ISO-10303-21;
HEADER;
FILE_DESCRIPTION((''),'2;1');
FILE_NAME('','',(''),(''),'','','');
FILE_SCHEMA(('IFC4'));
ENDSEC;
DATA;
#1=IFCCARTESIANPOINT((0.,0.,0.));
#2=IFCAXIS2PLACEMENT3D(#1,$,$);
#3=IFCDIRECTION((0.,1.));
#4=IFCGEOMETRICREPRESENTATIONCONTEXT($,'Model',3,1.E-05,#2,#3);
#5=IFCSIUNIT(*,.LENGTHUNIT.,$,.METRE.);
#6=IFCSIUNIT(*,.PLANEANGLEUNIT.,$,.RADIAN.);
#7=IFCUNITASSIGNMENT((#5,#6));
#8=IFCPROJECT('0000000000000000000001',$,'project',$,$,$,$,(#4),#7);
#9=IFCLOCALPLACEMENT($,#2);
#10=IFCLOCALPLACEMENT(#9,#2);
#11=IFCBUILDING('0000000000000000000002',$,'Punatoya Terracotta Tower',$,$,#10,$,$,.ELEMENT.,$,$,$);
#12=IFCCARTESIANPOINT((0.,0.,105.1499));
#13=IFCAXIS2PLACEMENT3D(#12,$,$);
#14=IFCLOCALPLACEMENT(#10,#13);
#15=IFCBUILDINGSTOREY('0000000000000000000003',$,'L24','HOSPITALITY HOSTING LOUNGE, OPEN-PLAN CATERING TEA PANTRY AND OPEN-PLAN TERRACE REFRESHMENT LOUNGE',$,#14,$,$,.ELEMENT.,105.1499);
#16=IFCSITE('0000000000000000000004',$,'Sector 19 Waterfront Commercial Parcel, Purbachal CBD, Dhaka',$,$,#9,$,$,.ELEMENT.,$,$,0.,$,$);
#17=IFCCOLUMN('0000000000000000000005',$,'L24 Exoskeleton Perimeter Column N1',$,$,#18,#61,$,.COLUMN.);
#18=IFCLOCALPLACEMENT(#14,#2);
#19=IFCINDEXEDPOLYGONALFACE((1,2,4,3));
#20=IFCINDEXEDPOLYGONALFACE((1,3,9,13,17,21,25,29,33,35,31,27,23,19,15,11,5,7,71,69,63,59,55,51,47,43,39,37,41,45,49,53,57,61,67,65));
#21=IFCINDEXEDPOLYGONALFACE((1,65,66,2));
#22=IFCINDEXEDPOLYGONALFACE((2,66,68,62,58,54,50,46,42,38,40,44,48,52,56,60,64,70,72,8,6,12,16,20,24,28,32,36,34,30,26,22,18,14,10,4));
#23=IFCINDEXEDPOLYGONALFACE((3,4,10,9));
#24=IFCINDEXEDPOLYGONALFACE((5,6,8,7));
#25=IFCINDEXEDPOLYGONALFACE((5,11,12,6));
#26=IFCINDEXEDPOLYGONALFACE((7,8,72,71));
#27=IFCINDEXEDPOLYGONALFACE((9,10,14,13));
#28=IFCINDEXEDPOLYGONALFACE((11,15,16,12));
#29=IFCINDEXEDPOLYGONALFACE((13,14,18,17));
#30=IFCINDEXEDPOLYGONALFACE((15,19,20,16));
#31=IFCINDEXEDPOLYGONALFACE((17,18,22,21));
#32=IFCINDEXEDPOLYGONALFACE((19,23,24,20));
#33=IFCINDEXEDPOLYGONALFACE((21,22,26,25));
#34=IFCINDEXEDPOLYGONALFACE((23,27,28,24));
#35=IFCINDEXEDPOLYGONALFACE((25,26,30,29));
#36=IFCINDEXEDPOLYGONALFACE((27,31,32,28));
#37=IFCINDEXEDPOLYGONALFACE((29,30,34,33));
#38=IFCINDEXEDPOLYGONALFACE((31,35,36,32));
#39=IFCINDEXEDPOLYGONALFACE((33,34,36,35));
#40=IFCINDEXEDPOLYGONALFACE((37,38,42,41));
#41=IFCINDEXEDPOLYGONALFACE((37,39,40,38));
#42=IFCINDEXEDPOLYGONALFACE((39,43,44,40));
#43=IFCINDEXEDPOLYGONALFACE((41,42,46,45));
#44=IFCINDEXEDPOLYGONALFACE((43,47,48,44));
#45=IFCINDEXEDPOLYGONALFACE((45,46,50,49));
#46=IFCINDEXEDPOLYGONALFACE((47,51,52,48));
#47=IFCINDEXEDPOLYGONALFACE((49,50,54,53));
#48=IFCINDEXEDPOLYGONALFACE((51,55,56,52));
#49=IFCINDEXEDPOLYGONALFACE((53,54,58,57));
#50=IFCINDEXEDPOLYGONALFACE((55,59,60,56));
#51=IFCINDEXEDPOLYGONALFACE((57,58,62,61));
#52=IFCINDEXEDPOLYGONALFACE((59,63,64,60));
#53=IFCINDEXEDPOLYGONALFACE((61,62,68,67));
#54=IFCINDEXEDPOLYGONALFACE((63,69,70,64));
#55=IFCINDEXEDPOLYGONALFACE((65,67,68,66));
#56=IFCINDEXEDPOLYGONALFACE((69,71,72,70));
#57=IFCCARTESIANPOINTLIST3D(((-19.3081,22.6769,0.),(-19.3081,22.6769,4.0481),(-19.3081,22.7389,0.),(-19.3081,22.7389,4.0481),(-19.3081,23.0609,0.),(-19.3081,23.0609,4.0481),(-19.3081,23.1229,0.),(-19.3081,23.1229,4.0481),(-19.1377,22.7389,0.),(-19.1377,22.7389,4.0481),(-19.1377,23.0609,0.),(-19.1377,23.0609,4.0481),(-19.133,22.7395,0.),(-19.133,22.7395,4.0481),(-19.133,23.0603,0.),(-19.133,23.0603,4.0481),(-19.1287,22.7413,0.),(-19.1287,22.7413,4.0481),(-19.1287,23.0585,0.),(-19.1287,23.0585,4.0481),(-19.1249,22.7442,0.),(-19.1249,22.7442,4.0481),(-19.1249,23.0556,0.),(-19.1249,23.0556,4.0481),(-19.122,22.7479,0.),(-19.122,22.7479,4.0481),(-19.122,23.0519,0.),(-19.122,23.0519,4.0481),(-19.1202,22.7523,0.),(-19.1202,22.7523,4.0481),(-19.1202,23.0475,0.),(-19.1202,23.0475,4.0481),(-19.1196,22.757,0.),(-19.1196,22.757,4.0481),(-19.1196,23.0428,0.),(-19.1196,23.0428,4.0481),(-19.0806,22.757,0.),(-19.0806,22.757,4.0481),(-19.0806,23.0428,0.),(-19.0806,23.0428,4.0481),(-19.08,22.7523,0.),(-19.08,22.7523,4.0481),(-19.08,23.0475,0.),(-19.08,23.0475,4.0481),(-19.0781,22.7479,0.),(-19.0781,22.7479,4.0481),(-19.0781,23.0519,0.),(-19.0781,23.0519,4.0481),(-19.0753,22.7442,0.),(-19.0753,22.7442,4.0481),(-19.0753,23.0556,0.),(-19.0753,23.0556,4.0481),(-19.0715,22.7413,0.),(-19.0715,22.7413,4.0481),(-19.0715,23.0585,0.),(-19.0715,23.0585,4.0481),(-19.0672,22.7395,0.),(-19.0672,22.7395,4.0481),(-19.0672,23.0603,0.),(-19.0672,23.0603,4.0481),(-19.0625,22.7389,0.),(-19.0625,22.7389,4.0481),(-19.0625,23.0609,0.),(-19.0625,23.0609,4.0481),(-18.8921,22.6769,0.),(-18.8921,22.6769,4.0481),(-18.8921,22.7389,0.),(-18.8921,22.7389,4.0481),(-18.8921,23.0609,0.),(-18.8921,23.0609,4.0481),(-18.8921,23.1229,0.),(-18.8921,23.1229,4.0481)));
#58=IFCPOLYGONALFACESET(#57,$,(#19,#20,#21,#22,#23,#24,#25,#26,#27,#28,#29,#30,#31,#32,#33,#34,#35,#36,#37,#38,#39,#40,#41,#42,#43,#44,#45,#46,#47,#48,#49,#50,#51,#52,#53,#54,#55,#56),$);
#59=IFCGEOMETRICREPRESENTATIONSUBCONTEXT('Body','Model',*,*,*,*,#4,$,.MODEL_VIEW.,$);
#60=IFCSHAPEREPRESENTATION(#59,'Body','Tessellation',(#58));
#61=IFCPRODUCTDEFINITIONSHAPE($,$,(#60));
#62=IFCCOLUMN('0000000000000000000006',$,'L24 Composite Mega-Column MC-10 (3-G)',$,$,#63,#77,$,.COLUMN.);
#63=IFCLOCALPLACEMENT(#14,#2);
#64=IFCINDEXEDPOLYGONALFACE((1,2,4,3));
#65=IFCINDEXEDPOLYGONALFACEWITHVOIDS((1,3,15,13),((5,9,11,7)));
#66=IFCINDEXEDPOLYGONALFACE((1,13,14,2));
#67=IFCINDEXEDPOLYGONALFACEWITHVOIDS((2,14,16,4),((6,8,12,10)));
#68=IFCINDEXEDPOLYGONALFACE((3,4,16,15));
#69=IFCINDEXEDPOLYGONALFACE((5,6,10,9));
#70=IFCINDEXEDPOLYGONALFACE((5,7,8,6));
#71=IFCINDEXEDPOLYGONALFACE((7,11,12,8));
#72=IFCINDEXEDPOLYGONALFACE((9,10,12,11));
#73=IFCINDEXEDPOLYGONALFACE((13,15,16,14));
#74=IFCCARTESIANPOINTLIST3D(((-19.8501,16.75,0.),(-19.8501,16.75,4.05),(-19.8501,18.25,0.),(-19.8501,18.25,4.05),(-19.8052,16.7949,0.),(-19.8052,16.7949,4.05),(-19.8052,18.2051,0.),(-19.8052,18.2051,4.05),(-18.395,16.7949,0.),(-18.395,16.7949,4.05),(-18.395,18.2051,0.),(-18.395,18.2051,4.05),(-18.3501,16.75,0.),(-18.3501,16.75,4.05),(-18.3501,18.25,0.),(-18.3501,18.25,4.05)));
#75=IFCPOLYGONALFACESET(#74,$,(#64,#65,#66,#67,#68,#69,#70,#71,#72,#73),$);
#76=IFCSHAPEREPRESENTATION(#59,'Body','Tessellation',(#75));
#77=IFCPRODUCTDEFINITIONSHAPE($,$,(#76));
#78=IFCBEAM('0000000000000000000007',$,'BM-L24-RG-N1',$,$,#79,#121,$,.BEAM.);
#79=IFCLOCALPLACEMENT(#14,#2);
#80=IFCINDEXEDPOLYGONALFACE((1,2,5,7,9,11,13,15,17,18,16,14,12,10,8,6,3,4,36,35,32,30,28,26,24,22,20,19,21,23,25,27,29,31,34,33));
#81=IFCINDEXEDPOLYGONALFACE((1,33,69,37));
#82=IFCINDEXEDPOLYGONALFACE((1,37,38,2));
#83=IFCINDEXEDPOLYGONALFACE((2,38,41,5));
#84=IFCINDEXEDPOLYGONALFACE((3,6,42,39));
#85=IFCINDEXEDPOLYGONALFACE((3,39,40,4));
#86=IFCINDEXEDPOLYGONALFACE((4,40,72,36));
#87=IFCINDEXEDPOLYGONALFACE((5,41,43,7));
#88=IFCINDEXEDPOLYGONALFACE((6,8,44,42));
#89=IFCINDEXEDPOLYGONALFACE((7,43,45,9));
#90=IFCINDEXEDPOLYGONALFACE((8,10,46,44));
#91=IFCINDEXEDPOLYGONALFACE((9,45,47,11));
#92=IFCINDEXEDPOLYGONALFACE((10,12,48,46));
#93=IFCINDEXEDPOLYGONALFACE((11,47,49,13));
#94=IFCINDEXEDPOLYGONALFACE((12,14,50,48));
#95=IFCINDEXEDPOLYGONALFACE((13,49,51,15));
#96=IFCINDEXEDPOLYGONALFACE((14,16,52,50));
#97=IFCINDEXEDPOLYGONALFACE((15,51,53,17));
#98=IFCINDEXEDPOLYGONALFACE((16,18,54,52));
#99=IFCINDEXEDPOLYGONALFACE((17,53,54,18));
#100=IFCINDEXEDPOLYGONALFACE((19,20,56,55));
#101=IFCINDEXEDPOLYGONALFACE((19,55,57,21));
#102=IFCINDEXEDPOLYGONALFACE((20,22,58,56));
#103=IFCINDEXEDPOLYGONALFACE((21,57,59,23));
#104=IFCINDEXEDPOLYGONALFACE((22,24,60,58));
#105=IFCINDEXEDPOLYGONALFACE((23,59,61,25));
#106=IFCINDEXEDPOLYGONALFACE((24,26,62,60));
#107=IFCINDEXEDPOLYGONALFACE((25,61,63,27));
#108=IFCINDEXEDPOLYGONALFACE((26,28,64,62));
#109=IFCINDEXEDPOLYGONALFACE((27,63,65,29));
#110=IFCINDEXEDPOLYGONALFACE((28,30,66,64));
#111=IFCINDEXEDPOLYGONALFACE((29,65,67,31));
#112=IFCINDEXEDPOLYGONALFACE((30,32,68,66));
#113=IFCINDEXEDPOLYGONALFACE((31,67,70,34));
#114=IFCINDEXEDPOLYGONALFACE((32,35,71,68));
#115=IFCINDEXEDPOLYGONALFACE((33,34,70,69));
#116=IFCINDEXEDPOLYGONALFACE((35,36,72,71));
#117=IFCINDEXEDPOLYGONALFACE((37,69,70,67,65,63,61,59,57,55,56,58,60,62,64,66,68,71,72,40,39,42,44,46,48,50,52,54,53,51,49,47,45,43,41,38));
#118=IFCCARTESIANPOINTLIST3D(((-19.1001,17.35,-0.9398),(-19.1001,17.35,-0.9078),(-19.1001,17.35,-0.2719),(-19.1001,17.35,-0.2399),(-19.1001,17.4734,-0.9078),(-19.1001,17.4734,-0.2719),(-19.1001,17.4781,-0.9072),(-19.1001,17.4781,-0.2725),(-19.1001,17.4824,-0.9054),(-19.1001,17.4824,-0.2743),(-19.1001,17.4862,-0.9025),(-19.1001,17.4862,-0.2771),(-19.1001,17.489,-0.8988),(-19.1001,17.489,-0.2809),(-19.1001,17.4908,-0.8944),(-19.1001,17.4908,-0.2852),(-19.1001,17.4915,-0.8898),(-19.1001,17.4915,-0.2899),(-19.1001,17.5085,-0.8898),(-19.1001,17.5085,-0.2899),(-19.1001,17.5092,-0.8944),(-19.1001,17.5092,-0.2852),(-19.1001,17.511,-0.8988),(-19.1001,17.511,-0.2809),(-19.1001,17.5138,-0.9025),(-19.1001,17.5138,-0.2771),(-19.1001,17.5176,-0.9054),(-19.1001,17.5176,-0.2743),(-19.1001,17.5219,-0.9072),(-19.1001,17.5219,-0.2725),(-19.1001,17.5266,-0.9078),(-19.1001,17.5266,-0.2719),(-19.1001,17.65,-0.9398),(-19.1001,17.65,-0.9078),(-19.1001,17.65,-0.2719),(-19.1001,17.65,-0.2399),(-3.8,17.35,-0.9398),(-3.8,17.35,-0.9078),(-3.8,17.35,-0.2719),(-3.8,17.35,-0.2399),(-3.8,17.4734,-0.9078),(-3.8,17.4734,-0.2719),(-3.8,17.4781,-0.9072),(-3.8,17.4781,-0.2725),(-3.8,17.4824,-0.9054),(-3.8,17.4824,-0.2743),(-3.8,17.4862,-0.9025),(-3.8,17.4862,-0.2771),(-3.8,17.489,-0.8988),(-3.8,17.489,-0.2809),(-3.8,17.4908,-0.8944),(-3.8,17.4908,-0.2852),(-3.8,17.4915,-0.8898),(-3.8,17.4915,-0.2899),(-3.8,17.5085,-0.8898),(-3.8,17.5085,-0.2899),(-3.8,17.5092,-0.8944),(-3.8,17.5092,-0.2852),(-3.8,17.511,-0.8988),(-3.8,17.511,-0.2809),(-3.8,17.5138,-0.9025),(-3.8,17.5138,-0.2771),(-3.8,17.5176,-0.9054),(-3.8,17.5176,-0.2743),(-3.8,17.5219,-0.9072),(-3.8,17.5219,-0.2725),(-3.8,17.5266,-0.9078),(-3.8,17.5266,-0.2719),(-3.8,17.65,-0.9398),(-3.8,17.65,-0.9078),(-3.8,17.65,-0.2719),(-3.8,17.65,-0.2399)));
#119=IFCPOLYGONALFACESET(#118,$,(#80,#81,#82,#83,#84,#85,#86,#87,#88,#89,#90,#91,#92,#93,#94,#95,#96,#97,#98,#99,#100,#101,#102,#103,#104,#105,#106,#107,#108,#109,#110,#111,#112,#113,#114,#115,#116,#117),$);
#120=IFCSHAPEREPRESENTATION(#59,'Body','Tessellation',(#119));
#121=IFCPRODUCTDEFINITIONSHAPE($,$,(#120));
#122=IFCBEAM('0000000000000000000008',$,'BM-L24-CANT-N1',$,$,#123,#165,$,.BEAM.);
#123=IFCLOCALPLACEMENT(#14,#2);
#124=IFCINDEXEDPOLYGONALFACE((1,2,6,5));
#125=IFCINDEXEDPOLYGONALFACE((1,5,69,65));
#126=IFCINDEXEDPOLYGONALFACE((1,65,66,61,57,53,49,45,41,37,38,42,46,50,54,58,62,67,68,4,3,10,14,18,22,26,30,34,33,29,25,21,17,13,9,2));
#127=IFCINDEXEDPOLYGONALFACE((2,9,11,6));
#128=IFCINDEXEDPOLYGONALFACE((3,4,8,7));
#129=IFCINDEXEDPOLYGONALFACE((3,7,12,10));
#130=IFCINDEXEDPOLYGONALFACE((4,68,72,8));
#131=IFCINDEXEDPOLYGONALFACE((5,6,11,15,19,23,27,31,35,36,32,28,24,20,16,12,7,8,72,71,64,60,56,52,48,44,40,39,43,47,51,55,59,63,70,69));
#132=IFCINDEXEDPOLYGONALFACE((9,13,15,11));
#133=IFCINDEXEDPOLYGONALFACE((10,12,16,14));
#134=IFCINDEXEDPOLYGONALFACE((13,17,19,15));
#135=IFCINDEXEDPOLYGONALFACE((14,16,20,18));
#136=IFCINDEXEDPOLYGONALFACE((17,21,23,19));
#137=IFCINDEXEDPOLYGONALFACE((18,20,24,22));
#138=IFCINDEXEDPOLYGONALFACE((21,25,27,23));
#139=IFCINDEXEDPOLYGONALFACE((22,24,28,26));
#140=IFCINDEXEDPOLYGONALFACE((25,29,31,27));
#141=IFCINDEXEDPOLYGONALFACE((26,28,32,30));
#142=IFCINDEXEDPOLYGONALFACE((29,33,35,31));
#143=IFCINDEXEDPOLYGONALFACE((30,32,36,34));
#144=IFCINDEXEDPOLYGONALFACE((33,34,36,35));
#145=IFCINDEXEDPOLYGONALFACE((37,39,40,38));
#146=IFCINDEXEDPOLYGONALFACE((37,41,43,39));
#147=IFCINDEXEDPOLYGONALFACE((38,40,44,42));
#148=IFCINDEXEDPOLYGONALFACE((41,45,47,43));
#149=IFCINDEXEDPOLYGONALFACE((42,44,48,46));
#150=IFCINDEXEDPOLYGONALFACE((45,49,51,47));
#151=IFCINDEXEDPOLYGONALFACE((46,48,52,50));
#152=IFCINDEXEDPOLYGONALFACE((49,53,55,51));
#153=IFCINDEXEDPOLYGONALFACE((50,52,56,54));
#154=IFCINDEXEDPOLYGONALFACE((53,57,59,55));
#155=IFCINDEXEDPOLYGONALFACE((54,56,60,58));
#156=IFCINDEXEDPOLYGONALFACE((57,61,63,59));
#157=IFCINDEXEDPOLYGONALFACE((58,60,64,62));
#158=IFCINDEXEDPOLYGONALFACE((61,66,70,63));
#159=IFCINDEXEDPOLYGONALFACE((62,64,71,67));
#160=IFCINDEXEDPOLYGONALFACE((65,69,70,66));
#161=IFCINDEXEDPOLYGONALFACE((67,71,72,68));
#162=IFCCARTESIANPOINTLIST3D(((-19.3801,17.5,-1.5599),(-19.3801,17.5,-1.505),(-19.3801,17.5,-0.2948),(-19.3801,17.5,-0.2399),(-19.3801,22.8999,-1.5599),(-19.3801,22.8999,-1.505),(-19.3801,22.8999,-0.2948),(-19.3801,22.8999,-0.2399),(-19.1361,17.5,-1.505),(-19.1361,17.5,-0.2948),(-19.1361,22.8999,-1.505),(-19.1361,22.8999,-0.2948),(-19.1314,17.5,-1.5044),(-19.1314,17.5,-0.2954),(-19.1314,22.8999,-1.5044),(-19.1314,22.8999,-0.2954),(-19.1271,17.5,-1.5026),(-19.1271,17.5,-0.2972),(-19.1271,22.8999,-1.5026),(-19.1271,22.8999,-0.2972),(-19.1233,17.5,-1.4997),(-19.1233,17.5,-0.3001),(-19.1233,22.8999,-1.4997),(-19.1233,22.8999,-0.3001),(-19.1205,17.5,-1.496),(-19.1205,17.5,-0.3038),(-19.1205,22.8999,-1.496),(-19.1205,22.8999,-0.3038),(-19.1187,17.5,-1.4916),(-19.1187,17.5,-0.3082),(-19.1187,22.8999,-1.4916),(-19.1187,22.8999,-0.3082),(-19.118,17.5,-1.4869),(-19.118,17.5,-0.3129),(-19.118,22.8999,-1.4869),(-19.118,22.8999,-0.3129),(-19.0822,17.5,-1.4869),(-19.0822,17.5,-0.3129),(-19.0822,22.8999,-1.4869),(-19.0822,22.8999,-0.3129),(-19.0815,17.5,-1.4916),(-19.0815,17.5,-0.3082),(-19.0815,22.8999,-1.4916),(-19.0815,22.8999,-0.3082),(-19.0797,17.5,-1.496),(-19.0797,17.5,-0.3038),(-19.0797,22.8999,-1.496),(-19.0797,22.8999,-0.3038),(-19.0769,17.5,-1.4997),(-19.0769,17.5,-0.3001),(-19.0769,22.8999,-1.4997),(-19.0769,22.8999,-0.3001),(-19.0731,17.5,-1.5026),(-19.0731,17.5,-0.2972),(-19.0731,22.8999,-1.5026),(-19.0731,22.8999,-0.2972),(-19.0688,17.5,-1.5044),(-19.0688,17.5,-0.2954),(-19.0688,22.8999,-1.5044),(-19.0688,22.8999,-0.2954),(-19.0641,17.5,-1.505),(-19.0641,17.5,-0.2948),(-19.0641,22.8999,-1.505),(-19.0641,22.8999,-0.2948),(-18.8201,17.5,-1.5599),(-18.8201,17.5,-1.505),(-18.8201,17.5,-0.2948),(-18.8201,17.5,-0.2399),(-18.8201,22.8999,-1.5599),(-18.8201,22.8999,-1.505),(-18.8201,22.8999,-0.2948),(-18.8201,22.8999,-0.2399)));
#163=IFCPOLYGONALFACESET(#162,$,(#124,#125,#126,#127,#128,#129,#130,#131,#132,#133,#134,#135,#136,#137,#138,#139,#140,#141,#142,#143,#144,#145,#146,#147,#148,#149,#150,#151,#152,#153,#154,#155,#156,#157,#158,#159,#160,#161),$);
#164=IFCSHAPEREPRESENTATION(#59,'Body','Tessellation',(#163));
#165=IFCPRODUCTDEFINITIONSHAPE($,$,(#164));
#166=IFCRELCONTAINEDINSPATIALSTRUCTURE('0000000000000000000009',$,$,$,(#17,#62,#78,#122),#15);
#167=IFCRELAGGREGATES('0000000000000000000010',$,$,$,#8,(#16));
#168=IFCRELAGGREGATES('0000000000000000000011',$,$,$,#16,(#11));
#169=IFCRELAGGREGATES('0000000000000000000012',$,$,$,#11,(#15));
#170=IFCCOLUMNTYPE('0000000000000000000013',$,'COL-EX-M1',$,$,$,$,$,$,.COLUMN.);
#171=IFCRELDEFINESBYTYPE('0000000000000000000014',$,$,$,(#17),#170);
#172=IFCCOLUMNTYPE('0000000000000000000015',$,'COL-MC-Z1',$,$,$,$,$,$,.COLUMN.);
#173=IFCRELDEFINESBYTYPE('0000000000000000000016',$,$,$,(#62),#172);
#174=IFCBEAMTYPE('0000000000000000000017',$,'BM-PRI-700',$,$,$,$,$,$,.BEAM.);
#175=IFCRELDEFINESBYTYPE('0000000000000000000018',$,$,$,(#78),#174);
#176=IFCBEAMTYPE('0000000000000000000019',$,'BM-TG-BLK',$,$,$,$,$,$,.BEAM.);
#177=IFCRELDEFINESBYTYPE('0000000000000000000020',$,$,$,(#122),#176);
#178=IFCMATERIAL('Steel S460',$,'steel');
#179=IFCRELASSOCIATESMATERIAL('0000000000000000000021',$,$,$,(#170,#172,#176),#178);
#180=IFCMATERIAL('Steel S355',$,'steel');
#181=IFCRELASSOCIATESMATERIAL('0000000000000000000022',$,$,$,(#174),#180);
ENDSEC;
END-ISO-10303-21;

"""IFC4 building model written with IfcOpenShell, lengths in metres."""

from ifc_helpers import new_model, si_unit, direction, frame, origin, origin_2d, place, context, subcontext, project, spatial, hollow_rectangle, i_section, extrude, material, material_profile, profile_set, type_object, element, save


model = new_model("IFC4")

# Units and contexts
model_context = context("Model", 3, precision=1e-05, world=origin(), true_north=direction((0.0, 1.0)))
body_context = subcontext(model_context, "Body", "Model", "MODEL_VIEW")
ifc_project = project(units=[si_unit("LENGTHUNIT", "METRE"), si_unit("PLANEANGLEUNIT", "RADIAN")], contexts=[model_context])

# Site, building, storey
site_placement = place(None, origin())
site = spatial("IfcSite", under=ifc_project, at=site_placement, Name="Sector 19 Waterfront Commercial Parcel, Purbachal CBD, Dhaka", CompositionType="ELEMENT", RefElevation=0.0)
building_placement = place(site_placement, origin())
building = spatial("IfcBuilding", under=site, at=building_placement, Name="Punatoya Terracotta Tower", CompositionType="ELEMENT")
storey_placement = place(building_placement, frame((0.0, 0.0, 105.1499)))
storey = spatial("IfcBuildingStorey", under=building, at=storey_placement, Name="L24", Description="HOSPITALITY HOSTING LOUNGE, OPEN-PLAN CATERING TEA PANTRY AND OPEN-PLAN TERRACE REFRESHMENT LOUNGE", CompositionType="ELEMENT", Elevation=105.1499)

# Columns
ifc_material_1 = material(Name="Steel S460", Category="steel")
ifc_material_profile_1 = material_profile(ifc_material_1, i_section(OverallWidth=0.416, OverallDepth=0.446, WebThickness=0.0391, FlangeThickness=0.062, FilletRadius=0.0181, at=origin_2d()))
ifc_profile_set_1 = profile_set([ifc_material_profile_1], Name="Steel S460")
column_type_1 = type_object("IfcColumnType", Name="COL-EX-M1", PredefinedType="COLUMN", material=ifc_profile_set_1)
column_1_placement = place(storey_placement, frame((-19.1001, 22.8999, 0.0), z_axis=(0.0, 0.0, 1.0), x_axis=(1.0, 0.0, 0.0)))
element("IfcColumn", 1, at=column_1_placement, inside=storey, type_object=column_type_1, Name="L24 Exoskeleton Perimeter Column N1", PredefinedType="COLUMN", context=body_context, shape_type="SweptSolid", body=[
    extrude(i_section(OverallWidth=0.416, OverallDepth=0.446, WebThickness=0.0391, FlangeThickness=0.062, FilletRadius=0.0181, at=origin_2d()), origin(), (0.0, 0.0, 1.0), 4.0481),
])
ifc_material_profile_2 = material_profile(ifc_material_1, hollow_rectangle(XDim=1.5, YDim=1.5, WallThickness=0.0449, at=origin_2d()))
ifc_profile_set_2 = profile_set([ifc_material_profile_2], Name="Steel S460")
column_type_2 = type_object("IfcColumnType", Name="COL-MC-Z1", PredefinedType="COLUMN", material=ifc_profile_set_2)
column_2_placement = place(storey_placement, frame((-19.1001, 17.5, 0.0), z_axis=(0.0, 0.0, 1.0), x_axis=(1.0, 0.0, 0.0)))
element("IfcColumn", 2, at=column_2_placement, inside=storey, type_object=column_type_2, Name="L24 Composite Mega-Column MC-10 (3-G)", PredefinedType="COLUMN", context=body_context, shape_type="SweptSolid", body=[
    extrude(hollow_rectangle(XDim=1.5, YDim=1.5, WallThickness=0.0449, at=origin_2d()), origin(), (0.0, 0.0, 1.0), 4.05),
])

# Beams
ifc_material_2 = material(Name="Steel S355", Category="steel")
ifc_material_profile_3 = material_profile(ifc_material_2, i_section(OverallWidth=0.3, OverallDepth=0.7, WebThickness=0.0171, FlangeThickness=0.032, FilletRadius=0.0181, at=origin_2d()))
ifc_profile_set_3 = profile_set([ifc_material_profile_3], Name="Steel S355")
beam_type_1 = type_object("IfcBeamType", Name="BM-PRI-700", PredefinedType="BEAM", material=ifc_profile_set_3)
beam_1_placement = place(storey_placement, frame((-19.1001, 17.5, -0.5898), z_axis=(1.0, 0.0, 0.0), x_axis=(0.0, 1.0, 0.0)))
element("IfcBeam", 3, at=beam_1_placement, inside=storey, type_object=beam_type_1, Name="BM-L24-RG-N1", PredefinedType="BEAM", context=body_context, shape_type="SweptSolid", body=[
    extrude(i_section(OverallWidth=0.3, OverallDepth=0.7, WebThickness=0.0171, FlangeThickness=0.032, FilletRadius=0.0181, at=origin_2d()), origin(), (0.0, 0.0, 1.0), 15.3),
])
ifc_material_profile_4 = material_profile(ifc_material_1, i_section(OverallWidth=0.5601, OverallDepth=1.3201, WebThickness=0.0359, FlangeThickness=0.0549, FilletRadius=0.0181, at=origin_2d()))
ifc_profile_set_4 = profile_set([ifc_material_profile_4], Name="Steel S460")
beam_type_2 = type_object("IfcBeamType", Name="BM-TG-BLK", PredefinedType="BEAM", material=ifc_profile_set_4)
beam_2_placement = place(storey_placement, frame((-19.1001, 17.5, -0.8999), z_axis=(0.0, 1.0, 0.0), x_axis=(-1.0, 0.0, 0.0)))
element("IfcBeam", 4, at=beam_2_placement, inside=storey, type_object=beam_type_2, Name="BM-L24-CANT-N1", PredefinedType="BEAM", context=body_context, shape_type="SweptSolid", body=[
    extrude(i_section(OverallWidth=0.5601, OverallDepth=1.3201, WebThickness=0.0359, FlangeThickness=0.0549, FilletRadius=0.0181, at=origin_2d()), origin(), (0.0, 0.0, 1.0), 5.3999),
])

save(model, "model.ifc")
